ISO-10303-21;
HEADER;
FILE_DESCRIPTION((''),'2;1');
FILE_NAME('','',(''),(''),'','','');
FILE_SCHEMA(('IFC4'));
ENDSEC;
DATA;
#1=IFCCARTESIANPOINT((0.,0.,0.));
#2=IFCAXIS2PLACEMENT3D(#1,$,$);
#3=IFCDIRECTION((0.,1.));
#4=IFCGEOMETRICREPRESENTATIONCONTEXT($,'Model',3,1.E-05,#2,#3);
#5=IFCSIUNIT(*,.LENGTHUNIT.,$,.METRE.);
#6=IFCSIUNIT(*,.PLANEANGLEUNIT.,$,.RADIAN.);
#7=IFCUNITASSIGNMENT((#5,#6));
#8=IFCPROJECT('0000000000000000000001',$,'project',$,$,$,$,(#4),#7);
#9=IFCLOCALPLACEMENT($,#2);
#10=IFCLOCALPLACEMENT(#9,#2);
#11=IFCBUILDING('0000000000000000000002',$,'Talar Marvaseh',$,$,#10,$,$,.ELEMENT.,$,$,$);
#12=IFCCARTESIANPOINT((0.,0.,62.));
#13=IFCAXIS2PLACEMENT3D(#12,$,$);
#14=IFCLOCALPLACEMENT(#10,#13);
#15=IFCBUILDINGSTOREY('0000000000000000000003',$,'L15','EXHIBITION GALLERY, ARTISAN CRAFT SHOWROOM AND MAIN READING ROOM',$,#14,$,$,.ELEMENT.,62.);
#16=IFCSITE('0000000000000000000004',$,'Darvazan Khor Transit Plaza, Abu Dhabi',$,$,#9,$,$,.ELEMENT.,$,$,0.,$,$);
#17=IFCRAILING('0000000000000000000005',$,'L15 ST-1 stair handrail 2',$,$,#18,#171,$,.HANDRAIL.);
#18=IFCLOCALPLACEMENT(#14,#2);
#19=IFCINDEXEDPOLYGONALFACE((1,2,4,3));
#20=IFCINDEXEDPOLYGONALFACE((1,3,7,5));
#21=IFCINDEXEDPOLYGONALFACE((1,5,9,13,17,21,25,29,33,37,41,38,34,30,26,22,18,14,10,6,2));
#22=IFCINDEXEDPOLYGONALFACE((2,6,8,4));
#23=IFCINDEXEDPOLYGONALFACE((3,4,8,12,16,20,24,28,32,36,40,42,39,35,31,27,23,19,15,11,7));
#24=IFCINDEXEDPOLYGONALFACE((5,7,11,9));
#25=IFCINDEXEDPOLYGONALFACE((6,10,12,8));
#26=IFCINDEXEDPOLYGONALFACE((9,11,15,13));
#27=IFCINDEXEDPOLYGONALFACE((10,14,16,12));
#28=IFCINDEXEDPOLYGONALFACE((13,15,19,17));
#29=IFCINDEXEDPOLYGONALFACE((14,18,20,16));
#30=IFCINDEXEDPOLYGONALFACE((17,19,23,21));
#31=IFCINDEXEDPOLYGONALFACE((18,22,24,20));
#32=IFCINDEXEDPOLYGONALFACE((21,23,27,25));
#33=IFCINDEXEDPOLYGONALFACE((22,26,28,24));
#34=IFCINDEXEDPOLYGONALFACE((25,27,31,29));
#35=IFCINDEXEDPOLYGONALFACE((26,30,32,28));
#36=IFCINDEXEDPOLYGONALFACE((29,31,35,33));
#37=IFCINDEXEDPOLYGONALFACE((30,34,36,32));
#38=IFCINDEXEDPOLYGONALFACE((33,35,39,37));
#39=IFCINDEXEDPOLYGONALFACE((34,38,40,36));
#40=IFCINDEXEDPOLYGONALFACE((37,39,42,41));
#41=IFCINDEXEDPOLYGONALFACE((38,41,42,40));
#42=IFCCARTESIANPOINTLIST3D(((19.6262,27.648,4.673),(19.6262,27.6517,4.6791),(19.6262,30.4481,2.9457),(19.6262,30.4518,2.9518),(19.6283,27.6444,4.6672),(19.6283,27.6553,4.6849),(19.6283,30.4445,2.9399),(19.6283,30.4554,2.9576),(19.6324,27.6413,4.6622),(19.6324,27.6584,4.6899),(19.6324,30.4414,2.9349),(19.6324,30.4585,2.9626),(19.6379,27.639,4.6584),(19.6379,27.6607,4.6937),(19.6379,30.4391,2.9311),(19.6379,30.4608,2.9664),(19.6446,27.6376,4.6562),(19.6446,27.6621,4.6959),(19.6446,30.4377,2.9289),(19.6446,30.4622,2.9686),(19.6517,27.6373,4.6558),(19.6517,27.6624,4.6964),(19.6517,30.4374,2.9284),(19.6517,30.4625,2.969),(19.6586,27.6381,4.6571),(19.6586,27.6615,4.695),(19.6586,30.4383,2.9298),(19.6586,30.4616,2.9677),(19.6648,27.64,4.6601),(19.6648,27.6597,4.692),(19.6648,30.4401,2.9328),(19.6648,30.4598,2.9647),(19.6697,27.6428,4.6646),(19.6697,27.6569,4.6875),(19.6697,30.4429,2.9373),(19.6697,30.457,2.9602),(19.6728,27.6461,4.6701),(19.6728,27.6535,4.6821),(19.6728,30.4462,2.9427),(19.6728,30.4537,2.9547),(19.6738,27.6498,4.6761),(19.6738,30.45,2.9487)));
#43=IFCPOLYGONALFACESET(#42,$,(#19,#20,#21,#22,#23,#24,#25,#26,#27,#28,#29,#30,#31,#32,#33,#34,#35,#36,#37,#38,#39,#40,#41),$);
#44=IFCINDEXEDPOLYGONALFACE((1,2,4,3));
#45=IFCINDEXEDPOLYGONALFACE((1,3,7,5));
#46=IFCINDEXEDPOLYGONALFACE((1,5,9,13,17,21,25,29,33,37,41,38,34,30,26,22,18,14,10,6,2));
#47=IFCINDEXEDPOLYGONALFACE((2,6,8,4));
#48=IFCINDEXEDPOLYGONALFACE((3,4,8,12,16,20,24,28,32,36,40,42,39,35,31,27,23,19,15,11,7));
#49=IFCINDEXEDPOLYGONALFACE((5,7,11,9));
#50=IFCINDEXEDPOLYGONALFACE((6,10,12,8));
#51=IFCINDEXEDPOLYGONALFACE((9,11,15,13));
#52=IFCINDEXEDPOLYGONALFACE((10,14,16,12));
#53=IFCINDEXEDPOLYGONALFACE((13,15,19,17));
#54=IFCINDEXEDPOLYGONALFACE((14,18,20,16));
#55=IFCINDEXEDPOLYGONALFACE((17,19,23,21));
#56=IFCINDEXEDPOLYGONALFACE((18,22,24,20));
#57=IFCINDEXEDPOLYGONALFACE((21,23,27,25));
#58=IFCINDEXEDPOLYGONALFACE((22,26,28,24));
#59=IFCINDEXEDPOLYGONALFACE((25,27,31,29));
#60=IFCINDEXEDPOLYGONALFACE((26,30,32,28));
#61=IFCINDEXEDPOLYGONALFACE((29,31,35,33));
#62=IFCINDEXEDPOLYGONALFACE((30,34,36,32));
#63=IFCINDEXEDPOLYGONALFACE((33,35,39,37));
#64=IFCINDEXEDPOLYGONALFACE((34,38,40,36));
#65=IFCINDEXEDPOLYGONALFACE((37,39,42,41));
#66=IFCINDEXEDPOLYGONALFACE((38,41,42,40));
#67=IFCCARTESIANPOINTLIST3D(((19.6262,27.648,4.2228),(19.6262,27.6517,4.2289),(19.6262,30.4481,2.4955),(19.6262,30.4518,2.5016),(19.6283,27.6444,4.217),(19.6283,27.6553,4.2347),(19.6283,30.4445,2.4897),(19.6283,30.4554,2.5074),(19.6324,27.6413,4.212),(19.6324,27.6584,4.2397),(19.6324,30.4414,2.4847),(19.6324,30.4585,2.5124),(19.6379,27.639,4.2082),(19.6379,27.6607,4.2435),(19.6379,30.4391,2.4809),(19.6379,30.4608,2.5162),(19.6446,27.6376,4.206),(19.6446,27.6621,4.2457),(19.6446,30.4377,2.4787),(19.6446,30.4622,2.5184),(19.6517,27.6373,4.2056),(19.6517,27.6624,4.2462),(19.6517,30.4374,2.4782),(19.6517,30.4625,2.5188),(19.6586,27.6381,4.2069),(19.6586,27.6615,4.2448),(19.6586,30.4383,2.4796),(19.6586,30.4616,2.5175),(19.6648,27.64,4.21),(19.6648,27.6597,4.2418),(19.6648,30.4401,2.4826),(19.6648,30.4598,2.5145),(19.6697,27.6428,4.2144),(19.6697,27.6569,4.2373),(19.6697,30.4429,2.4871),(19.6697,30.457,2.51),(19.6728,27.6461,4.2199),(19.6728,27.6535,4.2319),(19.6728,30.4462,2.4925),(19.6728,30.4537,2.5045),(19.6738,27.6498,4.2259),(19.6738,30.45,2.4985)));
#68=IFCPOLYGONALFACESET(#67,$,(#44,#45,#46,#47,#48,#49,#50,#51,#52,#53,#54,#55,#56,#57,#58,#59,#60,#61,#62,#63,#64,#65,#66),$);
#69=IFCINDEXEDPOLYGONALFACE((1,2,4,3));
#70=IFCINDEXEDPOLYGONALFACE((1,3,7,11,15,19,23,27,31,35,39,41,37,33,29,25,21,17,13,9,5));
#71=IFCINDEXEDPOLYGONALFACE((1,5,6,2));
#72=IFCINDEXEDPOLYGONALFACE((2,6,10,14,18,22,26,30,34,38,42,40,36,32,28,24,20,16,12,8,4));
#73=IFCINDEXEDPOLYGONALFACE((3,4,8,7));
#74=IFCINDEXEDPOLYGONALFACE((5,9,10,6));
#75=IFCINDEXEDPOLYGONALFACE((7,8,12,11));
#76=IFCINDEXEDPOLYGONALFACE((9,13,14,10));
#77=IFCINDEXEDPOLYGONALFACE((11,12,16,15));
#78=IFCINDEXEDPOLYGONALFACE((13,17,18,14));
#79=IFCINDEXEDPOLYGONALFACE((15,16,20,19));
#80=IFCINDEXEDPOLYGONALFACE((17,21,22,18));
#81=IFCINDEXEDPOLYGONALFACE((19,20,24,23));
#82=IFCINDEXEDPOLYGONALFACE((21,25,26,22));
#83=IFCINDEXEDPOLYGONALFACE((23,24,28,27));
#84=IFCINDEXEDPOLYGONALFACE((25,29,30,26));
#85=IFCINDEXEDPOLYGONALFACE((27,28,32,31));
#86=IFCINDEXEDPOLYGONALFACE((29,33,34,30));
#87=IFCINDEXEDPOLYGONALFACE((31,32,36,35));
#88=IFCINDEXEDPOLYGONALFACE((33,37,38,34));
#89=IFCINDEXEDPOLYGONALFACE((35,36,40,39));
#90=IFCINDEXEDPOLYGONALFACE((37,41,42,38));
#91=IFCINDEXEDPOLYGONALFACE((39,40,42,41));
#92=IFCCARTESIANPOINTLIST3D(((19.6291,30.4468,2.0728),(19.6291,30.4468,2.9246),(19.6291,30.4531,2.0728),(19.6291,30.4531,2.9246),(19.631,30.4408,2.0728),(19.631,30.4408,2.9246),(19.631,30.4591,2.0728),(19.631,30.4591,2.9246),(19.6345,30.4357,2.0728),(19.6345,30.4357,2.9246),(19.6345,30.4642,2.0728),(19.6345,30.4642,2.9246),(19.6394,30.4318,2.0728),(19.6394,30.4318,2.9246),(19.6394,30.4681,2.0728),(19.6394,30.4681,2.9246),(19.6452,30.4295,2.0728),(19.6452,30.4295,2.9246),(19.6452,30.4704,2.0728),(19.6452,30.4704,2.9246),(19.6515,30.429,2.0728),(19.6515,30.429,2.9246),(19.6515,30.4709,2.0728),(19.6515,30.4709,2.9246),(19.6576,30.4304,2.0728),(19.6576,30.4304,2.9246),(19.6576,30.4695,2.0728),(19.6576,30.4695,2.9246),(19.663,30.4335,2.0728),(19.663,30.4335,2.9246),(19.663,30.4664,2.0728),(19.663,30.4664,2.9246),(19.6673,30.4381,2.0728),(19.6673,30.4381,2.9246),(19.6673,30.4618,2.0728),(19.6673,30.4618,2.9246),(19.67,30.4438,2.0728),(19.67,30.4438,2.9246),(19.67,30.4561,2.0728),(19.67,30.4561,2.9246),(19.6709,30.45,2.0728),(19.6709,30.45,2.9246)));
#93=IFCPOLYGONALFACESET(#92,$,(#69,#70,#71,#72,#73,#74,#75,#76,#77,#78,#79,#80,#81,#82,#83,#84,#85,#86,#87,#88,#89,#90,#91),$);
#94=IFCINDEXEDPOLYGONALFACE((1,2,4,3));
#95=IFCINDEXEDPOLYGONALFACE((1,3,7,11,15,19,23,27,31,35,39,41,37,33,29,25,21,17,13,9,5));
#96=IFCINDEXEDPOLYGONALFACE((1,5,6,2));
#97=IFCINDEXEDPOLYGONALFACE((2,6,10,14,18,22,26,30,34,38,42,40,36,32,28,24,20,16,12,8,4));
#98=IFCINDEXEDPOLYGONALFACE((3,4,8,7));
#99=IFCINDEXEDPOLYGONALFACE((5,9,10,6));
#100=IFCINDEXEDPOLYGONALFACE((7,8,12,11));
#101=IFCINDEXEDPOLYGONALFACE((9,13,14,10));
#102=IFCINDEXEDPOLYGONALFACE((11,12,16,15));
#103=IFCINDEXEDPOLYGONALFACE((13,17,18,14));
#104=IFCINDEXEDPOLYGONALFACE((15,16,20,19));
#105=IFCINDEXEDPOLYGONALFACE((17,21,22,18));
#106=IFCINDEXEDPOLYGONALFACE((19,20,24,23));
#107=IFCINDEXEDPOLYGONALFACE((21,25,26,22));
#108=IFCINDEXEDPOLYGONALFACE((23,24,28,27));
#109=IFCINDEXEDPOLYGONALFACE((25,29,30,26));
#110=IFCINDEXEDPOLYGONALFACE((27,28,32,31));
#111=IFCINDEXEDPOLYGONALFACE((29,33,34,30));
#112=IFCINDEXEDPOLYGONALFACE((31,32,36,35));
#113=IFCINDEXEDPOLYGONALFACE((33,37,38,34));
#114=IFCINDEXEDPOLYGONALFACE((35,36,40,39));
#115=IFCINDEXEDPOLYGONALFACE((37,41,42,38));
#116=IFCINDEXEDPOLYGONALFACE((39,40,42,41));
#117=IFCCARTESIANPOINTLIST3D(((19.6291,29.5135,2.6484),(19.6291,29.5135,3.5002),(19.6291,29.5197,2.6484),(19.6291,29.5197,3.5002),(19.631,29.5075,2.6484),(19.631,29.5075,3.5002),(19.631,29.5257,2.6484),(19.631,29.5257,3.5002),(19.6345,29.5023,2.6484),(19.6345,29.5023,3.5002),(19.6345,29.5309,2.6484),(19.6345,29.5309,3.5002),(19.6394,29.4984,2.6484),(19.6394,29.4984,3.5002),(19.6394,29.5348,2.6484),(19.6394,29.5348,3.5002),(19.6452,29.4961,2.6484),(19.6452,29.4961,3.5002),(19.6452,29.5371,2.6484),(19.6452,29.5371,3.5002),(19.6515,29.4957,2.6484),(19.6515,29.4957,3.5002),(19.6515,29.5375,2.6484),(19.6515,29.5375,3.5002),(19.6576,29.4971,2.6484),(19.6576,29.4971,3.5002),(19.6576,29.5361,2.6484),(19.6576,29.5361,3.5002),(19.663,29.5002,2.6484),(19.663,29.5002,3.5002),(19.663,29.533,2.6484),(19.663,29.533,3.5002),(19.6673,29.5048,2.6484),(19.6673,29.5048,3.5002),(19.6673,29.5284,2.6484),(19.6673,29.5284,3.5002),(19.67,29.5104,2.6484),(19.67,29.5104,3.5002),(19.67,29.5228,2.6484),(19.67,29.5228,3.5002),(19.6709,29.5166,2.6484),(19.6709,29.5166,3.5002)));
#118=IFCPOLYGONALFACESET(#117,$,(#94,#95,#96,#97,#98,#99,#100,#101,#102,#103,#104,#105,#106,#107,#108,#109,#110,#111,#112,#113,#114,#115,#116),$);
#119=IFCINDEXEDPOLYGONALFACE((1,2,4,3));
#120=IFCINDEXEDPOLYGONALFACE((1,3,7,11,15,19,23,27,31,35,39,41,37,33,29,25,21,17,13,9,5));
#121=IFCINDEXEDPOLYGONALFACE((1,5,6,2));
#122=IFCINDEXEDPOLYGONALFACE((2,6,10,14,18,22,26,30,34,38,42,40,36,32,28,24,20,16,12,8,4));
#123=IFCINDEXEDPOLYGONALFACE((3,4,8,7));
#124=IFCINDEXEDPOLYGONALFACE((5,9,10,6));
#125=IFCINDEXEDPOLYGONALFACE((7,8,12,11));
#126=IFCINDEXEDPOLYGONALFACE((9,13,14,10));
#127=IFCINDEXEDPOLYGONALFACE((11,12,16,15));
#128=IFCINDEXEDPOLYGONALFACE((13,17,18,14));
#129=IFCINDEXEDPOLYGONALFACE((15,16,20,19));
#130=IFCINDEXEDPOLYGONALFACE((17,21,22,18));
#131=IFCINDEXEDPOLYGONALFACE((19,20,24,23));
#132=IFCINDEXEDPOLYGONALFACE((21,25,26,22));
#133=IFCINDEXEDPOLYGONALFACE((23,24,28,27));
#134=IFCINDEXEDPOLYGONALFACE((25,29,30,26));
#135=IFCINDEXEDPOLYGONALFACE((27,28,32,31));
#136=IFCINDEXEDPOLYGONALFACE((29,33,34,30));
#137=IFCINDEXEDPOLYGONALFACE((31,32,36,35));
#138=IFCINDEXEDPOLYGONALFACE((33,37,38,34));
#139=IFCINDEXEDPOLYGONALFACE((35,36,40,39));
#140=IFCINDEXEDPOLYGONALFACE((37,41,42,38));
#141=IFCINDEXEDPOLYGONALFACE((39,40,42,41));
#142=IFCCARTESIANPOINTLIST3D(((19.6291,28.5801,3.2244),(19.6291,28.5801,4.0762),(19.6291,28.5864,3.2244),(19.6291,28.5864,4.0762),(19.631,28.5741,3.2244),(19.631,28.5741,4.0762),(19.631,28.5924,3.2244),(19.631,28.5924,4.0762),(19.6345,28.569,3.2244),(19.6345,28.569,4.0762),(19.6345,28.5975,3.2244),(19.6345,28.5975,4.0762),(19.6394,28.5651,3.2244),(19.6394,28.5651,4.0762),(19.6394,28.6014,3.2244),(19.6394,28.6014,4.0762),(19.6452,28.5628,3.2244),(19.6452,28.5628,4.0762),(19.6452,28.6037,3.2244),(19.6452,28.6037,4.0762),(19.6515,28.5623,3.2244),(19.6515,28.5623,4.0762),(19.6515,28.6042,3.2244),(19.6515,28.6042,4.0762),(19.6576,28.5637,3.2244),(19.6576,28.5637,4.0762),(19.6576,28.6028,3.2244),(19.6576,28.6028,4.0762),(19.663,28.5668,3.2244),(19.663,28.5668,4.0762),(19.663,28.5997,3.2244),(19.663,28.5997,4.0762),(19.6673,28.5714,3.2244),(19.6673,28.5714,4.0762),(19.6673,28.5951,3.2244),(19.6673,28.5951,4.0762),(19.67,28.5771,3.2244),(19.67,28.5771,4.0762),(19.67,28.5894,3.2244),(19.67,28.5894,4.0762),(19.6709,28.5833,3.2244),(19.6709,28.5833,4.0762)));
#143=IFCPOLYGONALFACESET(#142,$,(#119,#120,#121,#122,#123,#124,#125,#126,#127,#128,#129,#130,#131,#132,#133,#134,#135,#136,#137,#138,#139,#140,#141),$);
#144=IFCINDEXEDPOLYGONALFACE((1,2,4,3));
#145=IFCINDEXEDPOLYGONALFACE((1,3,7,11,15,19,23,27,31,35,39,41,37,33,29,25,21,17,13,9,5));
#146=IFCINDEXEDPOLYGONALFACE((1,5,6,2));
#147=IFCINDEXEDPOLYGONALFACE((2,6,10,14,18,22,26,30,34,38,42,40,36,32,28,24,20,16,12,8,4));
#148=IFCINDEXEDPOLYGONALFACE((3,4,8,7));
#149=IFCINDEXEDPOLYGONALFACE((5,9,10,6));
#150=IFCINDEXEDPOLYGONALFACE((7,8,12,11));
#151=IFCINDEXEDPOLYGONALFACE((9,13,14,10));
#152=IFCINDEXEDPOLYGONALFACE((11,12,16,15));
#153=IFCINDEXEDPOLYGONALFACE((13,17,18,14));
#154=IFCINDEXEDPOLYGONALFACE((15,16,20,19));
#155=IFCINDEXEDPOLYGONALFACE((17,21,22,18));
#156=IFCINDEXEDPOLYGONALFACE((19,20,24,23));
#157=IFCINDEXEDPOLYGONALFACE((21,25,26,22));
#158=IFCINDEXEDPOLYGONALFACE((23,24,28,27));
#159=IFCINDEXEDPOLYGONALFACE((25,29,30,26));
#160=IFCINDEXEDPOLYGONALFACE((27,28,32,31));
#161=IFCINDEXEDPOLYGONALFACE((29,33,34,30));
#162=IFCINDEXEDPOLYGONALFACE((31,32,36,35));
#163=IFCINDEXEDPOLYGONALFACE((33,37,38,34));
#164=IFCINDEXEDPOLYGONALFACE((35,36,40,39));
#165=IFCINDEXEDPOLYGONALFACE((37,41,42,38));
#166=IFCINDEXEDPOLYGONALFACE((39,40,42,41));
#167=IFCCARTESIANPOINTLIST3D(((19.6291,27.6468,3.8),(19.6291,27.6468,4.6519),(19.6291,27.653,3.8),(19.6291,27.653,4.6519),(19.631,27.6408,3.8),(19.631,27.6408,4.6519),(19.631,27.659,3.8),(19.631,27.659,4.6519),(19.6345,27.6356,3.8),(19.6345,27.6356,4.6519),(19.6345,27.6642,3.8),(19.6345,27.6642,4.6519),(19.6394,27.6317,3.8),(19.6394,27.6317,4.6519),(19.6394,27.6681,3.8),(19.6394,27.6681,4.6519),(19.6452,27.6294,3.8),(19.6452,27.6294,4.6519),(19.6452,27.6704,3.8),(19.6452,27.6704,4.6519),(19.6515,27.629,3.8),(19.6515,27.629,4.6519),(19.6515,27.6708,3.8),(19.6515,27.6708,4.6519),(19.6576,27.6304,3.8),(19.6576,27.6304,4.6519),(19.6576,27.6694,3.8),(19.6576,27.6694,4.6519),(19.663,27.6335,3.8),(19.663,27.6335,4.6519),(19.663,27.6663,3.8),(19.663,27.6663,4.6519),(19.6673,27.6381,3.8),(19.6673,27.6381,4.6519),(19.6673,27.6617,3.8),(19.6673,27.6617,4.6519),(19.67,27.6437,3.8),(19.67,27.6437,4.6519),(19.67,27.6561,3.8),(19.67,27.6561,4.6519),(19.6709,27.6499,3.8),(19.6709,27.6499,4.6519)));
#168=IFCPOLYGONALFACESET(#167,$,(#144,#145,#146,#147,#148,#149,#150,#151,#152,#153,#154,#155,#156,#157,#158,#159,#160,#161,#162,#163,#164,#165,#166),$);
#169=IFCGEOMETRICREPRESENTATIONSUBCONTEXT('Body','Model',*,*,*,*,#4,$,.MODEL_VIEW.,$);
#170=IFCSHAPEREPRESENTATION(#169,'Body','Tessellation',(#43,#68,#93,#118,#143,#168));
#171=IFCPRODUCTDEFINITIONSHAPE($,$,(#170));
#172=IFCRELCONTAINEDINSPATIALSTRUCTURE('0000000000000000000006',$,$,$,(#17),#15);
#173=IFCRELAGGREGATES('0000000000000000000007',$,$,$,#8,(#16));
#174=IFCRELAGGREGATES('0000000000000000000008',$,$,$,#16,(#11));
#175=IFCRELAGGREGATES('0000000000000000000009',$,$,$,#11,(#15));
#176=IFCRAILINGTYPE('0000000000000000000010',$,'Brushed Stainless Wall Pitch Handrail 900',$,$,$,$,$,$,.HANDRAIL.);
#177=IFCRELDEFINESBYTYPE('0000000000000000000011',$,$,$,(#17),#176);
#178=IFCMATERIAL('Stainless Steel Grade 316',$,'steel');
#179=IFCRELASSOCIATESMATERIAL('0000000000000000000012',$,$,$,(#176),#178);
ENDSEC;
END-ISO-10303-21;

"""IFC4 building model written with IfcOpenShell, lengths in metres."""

from ifc_helpers import new_model, si_unit, direction, frame, origin, origin_2d, place, context, subcontext, project, spatial, circle, extrude, material, type_object, element, save


model = new_model("IFC4")

# Units and contexts
model_context = context("Model", 3, precision=1e-05, world=origin(), true_north=direction((0.0, 1.0)))
body_context = subcontext(model_context, "Body", "Model", "MODEL_VIEW")
ifc_project = project(units=[si_unit("LENGTHUNIT", "METRE"), si_unit("PLANEANGLEUNIT", "RADIAN")], contexts=[model_context])

# Site, building, storey
site_placement = place(None, origin())
site = spatial("IfcSite", under=ifc_project, at=site_placement, Name="Darvazan Khor Transit Plaza, Abu Dhabi", CompositionType="ELEMENT", RefElevation=0.0)
building_placement = place(site_placement, origin())
building = spatial("IfcBuilding", under=site, at=building_placement, Name="Talar Marvaseh", CompositionType="ELEMENT")
storey_placement = place(building_placement, frame((0.0, 0.0, 62.0)))
storey = spatial("IfcBuildingStorey", under=building, at=storey_placement, Name="L15", Description="EXHIBITION GALLERY, ARTISAN CRAFT SHOWROOM AND MAIN READING ROOM", CompositionType="ELEMENT", Elevation=62.0)

# Railing
ifc_material_1 = material(Name="Stainless Steel Grade 316", Category="steel")
railing_type_1 = type_object("IfcRailingType", Name="Brushed Stainless Wall Pitch Handrail 900", PredefinedType="HANDRAIL", material=ifc_material_1)
railing_1_placement = place(storey_placement, frame((19.6499, 30.45, 2.0728)))
element("IfcRailing", 1, at=railing_1_placement, inside=storey, type_object=railing_type_1, Name="L15 ST-1 stair handrail 2", PredefinedType="HANDRAIL", context=body_context, shape_type="SweptSolid", body=[
    extrude(circle(Radius=0.0239, at=origin_2d()), frame((0.0, 0.0, 0.876), z_axis=(0.0, -0.85109, 0.52502), x_axis=(1.0, 0.0, 0.0)), (0.0, 0.0, 1.0), 3.29),
    extrude(circle(Radius=0.0239, at=origin_2d()), frame((0.0, 0.0, 0.4258), z_axis=(0.0, -0.85109, 0.52502), x_axis=(1.0, 0.0, 0.0)), (0.0, 0.0, 1.0), 3.29),
    extrude(circle(Radius=0.021, at=origin_2d()), origin(), (0.0, 0.0, 1.0), 0.8518),
    extrude(circle(Radius=0.021, at=origin_2d()), frame((0.0, -0.9333, 0.5757)), (0.0, 0.0, 1.0), 0.8518),
    extrude(circle(Radius=0.021, at=origin_2d()), frame((0.0, -1.8667, 1.1516)), (0.0, 0.0, 1.0), 0.8518),
    extrude(circle(Radius=0.021, at=origin_2d()), frame((0.0, -2.8, 1.7273)), (0.0, 0.0, 1.0), 0.8518),
])

save(model, "model.ifc")
